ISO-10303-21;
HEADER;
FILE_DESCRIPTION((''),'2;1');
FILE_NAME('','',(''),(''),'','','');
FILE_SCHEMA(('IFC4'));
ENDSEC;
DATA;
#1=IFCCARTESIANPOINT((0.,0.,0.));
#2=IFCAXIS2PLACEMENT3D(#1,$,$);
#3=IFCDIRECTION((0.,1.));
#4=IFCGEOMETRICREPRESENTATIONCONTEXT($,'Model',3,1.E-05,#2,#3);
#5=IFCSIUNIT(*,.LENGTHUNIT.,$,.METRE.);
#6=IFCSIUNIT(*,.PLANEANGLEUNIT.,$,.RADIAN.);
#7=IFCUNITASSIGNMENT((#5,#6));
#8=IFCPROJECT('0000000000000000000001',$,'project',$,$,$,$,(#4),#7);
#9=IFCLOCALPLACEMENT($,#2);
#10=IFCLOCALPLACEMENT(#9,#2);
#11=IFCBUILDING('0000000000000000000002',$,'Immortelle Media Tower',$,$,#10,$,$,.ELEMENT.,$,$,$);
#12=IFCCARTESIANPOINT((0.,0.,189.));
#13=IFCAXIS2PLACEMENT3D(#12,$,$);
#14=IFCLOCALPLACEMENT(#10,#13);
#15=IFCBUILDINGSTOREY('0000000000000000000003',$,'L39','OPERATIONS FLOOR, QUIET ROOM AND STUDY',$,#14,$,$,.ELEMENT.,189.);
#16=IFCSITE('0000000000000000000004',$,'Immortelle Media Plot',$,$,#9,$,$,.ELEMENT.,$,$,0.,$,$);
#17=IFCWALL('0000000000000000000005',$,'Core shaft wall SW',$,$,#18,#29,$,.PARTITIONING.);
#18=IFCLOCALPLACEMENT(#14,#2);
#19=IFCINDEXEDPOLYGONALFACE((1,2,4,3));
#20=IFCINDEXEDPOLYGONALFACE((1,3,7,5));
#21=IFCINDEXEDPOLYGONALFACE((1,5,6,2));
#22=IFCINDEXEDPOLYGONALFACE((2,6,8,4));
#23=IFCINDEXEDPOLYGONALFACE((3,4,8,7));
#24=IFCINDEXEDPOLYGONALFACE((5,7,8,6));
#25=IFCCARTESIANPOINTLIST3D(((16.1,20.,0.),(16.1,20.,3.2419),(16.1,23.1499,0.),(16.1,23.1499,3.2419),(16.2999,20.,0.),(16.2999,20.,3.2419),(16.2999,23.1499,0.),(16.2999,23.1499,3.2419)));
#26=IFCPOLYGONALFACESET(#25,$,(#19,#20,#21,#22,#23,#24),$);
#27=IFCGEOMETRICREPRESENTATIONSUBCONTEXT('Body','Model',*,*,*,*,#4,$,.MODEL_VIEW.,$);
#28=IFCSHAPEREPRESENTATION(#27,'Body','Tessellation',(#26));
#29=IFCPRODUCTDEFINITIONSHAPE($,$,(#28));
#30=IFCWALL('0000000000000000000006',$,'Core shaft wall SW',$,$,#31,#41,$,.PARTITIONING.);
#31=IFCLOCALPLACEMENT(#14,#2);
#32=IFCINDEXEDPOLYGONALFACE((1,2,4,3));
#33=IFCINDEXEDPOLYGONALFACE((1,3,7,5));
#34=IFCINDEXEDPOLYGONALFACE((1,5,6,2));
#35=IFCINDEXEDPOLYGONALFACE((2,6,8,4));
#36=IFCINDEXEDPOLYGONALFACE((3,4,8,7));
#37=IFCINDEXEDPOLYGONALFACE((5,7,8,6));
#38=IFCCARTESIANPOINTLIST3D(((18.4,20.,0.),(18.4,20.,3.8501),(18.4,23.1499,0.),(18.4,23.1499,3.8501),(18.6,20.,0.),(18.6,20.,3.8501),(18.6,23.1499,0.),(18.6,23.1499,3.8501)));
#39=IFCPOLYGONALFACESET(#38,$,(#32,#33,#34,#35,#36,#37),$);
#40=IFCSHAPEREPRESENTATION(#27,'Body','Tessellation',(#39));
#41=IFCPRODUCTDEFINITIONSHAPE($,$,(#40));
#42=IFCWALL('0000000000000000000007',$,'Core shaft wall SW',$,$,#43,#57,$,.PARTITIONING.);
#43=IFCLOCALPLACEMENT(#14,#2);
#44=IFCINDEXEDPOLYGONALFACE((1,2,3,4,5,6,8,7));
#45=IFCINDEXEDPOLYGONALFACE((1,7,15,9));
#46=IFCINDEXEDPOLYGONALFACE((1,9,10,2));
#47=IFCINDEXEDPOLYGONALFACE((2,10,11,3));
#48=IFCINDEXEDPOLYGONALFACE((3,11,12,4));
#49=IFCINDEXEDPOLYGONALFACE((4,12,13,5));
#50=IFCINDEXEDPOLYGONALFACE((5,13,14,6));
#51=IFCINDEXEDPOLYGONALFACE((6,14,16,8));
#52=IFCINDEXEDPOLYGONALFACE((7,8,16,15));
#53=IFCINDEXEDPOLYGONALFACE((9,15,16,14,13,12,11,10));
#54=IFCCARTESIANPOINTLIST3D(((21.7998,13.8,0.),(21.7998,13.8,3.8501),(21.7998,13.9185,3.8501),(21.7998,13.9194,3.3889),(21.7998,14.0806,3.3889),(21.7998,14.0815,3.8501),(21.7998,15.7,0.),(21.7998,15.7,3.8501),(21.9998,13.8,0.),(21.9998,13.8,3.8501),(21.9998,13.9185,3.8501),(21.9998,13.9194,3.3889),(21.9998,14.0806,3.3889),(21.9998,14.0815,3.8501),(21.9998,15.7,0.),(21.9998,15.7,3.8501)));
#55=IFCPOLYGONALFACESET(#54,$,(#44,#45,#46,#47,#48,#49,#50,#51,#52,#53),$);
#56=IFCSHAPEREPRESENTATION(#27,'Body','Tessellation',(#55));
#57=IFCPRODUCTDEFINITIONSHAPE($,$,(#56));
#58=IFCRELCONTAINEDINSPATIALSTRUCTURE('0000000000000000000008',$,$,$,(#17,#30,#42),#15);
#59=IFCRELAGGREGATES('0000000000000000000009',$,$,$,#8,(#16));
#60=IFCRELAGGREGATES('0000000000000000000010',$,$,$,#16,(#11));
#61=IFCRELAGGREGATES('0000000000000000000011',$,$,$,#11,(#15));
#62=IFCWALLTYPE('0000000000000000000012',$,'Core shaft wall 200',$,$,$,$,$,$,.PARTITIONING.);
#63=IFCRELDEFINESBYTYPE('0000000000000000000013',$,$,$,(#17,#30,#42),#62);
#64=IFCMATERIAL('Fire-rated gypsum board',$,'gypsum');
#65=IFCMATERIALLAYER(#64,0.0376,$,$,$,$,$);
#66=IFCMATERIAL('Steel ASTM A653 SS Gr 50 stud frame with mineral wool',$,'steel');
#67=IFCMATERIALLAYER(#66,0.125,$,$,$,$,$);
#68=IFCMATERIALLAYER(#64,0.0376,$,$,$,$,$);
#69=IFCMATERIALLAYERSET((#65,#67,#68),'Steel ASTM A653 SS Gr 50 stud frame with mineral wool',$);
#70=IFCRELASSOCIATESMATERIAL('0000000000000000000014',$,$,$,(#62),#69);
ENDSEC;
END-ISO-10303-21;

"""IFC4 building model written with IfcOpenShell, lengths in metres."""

from ifc_helpers import new_model, si_unit, direction, frame, frame_2d, origin, place, context, subcontext, project, spatial, polyline, rectangle, outline, extrude, material, layer, layer_set, type_object, element, save


model = new_model("IFC4")

# Units and contexts
model_context = context("Model", 3, precision=1e-05, world=origin(), true_north=direction((0.0, 1.0)))
body_context = subcontext(model_context, "Body", "Model", "MODEL_VIEW")
ifc_project = project(units=[si_unit("LENGTHUNIT", "METRE"), si_unit("PLANEANGLEUNIT", "RADIAN")], contexts=[model_context])

# Site, building, storey
site_placement = place(None, origin())
site = spatial("IfcSite", under=ifc_project, at=site_placement, Name="Immortelle Media Plot", CompositionType="ELEMENT", RefElevation=0.0)
building_placement = place(site_placement, origin())
building = spatial("IfcBuilding", under=site, at=building_placement, Name="Immortelle Media Tower", CompositionType="ELEMENT")
storey_placement = place(building_placement, frame((0.0, 0.0, 189.0)))
storey = spatial("IfcBuildingStorey", under=building, at=storey_placement, Name="L39", Description="OPERATIONS FLOOR, QUIET ROOM AND STUDY", CompositionType="ELEMENT", Elevation=189.0)

# Shared definitions
ifc_material_1 = material(Name="Fire-rated gypsum board", Category="gypsum")
ifc_material_2 = material(Name="Steel ASTM A653 SS Gr 50 stud frame with mineral wool", Category="steel")

# Walls
ifc_layer_1 = layer(ifc_material_1, 0.0376)
ifc_layer_2 = layer(ifc_material_2, 0.125)
ifc_layer_3 = layer(ifc_material_1, 0.0376)
ifc_layer_set_1 = layer_set([ifc_layer_1, ifc_layer_2, ifc_layer_3], Name="Steel ASTM A653 SS Gr 50 stud frame with mineral wool")
wall_type_1 = type_object("IfcWallType", Name="Core shaft wall 200", PredefinedType="PARTITIONING", material=ifc_layer_set_1)
wall_1_placement = place(storey_placement, frame((16.2, 20.0, 0.0), z_axis=(0.0, 0.0, 1.0), x_axis=(0.0, 1.0, 0.0)))
element("IfcWall", 1, at=wall_1_placement, inside=storey, type_object=wall_type_1, Name="Core shaft wall SW", PredefinedType="PARTITIONING", context=body_context, shape_type="SweptSolid", body=[
    extrude(rectangle(XDim=3.1499, YDim=0.2, at=frame_2d((1.575, 0.0))), origin(), (0.0, 0.0, 1.0), 3.2419),
])
wall_2_placement = place(storey_placement, frame((18.5, 20.0, 0.0), z_axis=(0.0, 0.0, 1.0), x_axis=(0.0, 1.0, 0.0)))
element("IfcWall", 2, at=wall_2_placement, inside=storey, type_object=wall_type_1, Name="Core shaft wall SW", PredefinedType="PARTITIONING", context=body_context, shape_type="SweptSolid", body=[
    extrude(rectangle(XDim=3.1499, YDim=0.2, at=frame_2d((1.575, 0.0))), origin(), (0.0, 0.0, 1.0), 3.8501),
])
wall_3_placement = place(storey_placement, frame((21.8999, 13.8, 0.0), z_axis=(0.0, 0.0, 1.0), x_axis=(0.0, 1.0, 0.0)))
element("IfcWall", 3, at=wall_3_placement, inside=storey, type_object=wall_type_1, Name="Core shaft wall SW", PredefinedType="PARTITIONING", context=body_context, shape_type="SweptSolid", body=[
    extrude(outline(polyline([(0.0, 0.0), (1.8999, 0.0), (1.8999, 3.8501), (0.2815, 3.8501), (0.2805, 3.3889), (0.1194, 3.3889), (0.1184, 3.8501), (0.0, 3.8501), (0.0, 0.0)])), frame((0.0, 0.1001, 0.0), z_axis=(0.0, -1.0, 0.0), x_axis=(1.0, 0.0, 0.0)), (0.0, 0.0, 1.0), 0.2),
])

save(model, "model.ifc")
